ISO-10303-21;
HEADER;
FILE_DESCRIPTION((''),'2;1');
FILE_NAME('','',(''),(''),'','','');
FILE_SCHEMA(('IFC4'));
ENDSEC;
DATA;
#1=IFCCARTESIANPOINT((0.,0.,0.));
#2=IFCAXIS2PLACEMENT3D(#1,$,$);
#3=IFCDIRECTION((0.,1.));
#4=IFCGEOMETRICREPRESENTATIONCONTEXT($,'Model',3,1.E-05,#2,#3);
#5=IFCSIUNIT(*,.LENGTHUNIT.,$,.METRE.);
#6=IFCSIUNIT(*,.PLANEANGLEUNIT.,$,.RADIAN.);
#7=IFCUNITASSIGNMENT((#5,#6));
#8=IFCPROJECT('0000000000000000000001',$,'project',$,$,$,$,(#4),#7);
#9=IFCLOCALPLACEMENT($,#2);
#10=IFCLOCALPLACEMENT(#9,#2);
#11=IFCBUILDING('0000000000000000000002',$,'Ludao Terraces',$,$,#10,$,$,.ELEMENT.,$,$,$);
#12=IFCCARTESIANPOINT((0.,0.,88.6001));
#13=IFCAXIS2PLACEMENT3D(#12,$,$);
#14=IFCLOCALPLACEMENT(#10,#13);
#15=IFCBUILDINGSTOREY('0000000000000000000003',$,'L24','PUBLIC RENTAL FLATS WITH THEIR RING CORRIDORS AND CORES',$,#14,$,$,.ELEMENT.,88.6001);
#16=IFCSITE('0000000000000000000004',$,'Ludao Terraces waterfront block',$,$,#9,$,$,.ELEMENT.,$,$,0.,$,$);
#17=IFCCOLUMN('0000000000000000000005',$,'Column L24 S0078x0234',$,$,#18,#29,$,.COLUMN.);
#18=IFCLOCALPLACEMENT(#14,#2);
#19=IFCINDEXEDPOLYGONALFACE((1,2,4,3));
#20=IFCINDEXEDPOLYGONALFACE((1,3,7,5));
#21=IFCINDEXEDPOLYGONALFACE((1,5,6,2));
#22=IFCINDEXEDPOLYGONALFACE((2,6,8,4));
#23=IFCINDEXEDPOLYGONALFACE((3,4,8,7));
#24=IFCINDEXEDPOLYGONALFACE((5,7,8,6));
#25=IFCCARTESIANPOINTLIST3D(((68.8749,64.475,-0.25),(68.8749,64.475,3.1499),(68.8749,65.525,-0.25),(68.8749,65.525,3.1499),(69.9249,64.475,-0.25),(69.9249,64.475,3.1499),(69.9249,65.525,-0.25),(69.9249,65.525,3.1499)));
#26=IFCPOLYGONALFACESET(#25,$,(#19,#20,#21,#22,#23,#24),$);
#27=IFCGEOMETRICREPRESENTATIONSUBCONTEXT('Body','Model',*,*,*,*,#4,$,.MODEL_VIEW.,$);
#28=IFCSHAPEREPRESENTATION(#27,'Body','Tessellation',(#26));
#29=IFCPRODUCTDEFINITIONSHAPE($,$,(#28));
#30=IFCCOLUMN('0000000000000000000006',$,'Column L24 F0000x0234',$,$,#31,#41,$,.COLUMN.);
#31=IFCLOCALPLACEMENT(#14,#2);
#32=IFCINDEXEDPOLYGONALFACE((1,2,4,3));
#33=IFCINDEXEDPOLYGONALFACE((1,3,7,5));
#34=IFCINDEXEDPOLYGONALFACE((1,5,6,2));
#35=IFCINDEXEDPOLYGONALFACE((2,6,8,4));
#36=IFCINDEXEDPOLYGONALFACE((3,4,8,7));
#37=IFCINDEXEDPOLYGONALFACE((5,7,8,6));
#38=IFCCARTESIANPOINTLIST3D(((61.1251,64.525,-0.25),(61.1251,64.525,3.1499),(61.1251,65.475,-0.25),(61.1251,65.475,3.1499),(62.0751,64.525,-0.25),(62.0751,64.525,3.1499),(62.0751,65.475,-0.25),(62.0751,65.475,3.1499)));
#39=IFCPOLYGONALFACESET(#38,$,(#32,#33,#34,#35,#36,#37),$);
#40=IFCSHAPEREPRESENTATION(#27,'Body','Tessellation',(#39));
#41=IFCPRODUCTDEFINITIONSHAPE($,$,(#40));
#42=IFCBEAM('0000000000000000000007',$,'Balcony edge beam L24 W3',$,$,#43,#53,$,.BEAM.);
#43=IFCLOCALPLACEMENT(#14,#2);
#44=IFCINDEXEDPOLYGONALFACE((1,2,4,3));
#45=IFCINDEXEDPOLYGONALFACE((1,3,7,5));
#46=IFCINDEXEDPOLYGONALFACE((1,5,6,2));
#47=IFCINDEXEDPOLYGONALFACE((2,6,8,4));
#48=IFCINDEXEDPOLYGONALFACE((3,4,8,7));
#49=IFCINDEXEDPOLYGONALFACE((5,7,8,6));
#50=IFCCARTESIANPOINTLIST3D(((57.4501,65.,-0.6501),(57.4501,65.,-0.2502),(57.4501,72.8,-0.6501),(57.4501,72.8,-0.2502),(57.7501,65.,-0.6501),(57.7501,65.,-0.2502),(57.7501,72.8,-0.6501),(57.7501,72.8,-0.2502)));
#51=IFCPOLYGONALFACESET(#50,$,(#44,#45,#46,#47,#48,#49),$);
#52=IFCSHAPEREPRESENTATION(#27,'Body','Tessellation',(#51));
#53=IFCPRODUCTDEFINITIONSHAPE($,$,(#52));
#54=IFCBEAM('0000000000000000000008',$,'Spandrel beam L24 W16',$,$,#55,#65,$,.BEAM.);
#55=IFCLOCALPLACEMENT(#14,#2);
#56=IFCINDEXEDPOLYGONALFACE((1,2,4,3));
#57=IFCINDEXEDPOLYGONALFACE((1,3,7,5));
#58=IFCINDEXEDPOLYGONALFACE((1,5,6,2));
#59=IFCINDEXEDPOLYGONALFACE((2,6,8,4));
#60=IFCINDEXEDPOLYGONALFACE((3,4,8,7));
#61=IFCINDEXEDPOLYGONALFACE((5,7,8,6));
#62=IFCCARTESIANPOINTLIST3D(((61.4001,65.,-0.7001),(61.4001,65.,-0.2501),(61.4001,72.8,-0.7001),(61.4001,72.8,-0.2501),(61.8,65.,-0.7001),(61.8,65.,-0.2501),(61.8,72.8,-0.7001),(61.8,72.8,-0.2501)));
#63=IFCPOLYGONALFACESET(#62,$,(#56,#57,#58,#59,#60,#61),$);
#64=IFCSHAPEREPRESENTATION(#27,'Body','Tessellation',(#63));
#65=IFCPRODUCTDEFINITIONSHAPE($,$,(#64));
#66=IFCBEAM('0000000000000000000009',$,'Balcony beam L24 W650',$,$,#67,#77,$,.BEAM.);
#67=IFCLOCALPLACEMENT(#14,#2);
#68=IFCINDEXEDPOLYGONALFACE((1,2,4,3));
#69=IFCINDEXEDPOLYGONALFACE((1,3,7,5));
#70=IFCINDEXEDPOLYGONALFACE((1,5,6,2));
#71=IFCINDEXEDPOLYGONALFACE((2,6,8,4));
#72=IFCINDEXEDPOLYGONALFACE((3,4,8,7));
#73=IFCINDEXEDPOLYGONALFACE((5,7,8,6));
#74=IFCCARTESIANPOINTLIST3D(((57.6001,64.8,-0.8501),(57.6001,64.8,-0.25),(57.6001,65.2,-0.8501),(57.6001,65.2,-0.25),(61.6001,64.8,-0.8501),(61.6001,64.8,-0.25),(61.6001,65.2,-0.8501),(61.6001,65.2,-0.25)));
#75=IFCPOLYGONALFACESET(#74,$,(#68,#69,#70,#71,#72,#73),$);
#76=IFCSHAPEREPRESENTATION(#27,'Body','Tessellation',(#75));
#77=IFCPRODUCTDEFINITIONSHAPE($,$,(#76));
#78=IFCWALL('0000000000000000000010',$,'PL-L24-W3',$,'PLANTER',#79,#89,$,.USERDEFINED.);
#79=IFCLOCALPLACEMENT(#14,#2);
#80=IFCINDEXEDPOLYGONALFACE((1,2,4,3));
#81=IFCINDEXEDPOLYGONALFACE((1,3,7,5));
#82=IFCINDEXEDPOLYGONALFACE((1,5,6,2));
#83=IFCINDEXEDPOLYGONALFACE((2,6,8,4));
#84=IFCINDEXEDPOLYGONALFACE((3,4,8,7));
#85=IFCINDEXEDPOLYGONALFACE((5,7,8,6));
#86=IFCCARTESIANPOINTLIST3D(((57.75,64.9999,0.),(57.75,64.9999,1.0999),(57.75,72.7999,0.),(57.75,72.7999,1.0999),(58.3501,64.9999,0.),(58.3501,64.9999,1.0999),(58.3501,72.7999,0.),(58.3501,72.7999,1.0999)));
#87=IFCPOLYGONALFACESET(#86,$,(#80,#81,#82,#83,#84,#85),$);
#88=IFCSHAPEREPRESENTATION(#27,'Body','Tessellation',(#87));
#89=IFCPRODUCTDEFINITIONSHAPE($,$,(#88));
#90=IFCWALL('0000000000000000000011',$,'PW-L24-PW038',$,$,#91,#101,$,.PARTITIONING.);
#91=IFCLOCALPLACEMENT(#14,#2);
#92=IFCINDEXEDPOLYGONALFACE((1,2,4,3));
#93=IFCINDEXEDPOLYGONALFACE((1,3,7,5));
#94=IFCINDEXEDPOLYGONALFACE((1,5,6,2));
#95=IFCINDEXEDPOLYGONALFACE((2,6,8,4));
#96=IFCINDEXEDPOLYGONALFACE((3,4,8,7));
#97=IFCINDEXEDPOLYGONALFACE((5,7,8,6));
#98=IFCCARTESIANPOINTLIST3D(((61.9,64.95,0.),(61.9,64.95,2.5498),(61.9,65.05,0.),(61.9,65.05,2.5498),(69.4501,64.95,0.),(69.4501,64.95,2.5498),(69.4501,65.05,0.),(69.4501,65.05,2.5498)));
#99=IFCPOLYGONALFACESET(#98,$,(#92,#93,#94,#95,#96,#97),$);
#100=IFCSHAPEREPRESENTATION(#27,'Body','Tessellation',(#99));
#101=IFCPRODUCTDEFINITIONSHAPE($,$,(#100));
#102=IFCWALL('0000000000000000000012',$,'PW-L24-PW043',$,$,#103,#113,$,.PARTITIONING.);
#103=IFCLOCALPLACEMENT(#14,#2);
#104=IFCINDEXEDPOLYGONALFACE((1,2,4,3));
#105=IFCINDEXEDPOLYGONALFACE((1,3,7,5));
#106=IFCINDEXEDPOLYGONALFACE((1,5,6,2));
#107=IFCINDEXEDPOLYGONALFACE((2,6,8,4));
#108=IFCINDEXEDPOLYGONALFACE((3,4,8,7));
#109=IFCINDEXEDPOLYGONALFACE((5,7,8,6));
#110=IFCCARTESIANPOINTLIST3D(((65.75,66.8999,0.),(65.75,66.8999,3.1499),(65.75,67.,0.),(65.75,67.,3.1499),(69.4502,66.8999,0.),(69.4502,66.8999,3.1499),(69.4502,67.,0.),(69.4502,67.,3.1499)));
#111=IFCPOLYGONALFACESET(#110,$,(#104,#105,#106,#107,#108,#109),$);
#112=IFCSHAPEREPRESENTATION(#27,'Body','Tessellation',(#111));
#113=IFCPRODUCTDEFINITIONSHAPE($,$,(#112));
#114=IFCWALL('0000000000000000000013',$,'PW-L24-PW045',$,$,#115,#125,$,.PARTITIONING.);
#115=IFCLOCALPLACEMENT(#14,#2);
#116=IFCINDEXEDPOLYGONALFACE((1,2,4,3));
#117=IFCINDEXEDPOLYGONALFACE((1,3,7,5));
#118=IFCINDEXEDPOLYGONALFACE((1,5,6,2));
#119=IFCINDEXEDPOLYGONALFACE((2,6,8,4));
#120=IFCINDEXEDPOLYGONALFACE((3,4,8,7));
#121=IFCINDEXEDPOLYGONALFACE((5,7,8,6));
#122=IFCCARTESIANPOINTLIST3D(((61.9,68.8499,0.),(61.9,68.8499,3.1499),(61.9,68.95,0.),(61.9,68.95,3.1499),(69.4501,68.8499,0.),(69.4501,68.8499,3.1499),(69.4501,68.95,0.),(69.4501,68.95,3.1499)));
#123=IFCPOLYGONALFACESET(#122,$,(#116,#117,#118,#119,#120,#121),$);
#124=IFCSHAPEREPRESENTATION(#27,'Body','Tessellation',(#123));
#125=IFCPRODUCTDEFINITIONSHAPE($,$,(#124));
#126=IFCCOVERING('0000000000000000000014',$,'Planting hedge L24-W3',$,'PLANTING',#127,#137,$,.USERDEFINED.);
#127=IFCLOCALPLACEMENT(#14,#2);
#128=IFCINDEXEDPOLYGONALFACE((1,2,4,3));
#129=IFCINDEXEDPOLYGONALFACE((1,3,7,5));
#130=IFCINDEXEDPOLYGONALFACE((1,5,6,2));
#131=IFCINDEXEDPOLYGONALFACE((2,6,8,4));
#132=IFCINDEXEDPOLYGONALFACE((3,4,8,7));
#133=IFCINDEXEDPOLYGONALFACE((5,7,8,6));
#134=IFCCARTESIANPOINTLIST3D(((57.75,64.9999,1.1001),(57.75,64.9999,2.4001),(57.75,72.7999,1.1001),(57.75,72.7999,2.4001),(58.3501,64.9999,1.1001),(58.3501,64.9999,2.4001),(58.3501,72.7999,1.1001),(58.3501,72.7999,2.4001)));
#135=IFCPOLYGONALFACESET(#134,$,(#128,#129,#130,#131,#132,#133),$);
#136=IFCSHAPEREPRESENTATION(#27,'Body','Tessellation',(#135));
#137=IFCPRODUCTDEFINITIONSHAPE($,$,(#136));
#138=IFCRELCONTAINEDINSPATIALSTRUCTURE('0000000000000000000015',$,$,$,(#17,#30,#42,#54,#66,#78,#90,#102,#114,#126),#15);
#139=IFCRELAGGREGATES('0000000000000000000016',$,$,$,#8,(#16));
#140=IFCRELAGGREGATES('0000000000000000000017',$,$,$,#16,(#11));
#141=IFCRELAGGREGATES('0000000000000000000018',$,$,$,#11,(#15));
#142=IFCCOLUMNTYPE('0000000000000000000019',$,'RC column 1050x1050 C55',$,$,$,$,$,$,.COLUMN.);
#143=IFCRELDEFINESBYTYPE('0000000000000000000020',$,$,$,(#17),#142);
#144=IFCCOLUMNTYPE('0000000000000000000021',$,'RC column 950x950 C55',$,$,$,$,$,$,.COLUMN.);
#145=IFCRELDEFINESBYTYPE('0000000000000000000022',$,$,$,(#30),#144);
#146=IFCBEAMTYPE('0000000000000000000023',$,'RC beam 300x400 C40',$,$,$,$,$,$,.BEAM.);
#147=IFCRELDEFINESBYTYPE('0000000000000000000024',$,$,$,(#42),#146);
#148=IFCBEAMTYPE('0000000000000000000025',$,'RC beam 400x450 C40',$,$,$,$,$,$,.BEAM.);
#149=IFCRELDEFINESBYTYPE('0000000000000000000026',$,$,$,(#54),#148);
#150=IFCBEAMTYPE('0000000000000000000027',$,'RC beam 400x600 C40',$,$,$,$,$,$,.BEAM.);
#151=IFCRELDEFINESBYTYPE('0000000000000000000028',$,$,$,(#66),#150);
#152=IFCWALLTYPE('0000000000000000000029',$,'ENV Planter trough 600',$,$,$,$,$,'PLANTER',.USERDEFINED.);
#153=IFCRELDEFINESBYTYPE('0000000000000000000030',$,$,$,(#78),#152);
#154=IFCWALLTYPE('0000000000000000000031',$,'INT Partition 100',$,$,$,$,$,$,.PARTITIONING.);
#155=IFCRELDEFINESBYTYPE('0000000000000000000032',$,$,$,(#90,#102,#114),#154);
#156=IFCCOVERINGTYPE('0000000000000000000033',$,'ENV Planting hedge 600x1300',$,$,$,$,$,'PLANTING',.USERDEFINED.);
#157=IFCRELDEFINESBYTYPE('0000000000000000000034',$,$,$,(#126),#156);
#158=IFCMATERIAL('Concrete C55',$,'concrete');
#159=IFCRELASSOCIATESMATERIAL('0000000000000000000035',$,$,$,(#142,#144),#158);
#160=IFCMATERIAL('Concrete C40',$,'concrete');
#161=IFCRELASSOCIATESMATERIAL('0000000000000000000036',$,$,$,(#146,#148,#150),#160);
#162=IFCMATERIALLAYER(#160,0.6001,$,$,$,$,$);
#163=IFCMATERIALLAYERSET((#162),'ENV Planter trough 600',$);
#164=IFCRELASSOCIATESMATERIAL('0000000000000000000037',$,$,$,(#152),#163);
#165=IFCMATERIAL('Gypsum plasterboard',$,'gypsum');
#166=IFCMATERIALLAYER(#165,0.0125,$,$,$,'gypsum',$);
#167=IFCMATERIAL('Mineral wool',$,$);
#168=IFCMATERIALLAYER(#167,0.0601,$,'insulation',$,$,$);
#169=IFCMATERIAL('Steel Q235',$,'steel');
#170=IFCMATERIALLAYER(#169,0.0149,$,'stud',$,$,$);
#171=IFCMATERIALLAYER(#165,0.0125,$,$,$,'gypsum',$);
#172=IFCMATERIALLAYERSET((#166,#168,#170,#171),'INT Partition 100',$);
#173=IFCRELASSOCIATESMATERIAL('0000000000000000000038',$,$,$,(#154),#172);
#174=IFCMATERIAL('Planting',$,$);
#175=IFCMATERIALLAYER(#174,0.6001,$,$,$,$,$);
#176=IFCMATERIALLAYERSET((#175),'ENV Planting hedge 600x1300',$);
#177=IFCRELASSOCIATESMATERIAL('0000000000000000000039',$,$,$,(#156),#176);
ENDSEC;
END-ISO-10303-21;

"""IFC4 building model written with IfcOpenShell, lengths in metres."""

from ifc_helpers import new_model, si_unit, direction, frame, frame_2d, origin, origin_2d, place, context, subcontext, project, spatial, rectangle, extrude, material, layer, layer_set, material_profile, profile_set, type_object, element, save


model = new_model("IFC4")

# Units and contexts
model_context = context("Model", 3, precision=1e-05, world=origin(), true_north=direction((0.0, 1.0)))
body_context = subcontext(model_context, "Body", "Model", "MODEL_VIEW")
ifc_project = project(units=[si_unit("LENGTHUNIT", "METRE"), si_unit("PLANEANGLEUNIT", "RADIAN")], contexts=[model_context])

# Site, building, storey
site_placement = place(None, origin())
site = spatial("IfcSite", under=ifc_project, at=site_placement, Name="Ludao Terraces waterfront block", CompositionType="ELEMENT", RefElevation=0.0)
building_placement = place(site_placement, origin())
building = spatial("IfcBuilding", under=site, at=building_placement, Name="Ludao Terraces", CompositionType="ELEMENT")
storey_placement = place(building_placement, frame((0.0, 0.0, 88.6001)))
storey = spatial("IfcBuildingStorey", under=building, at=storey_placement, Name="L24", Description="PUBLIC RENTAL FLATS WITH THEIR RING CORRIDORS AND CORES", CompositionType="ELEMENT", Elevation=88.6001)

# Columns
ifc_material_1 = material(Name="Concrete C55", Category="concrete")
ifc_material_profile_1 = material_profile(ifc_material_1, rectangle(XDim=1.05, YDim=1.05, at=origin_2d()), Name="1050 X 1050")
ifc_profile_set_1 = profile_set([ifc_material_profile_1], Name="Concrete C55")
column_type_1 = type_object("IfcColumnType", Name="RC column 1050x1050 C55", PredefinedType="COLUMN", material=ifc_profile_set_1)
column_1_placement = place(storey_placement, frame((69.3999, 65.0, -0.25), z_axis=(0.0, 0.0, 1.0), x_axis=(1.0, 0.0, 0.0)))
element("IfcColumn", 1, at=column_1_placement, inside=storey, type_object=column_type_1, Name="Column L24 S0078x0234", PredefinedType="COLUMN", context=body_context, shape_type="SweptSolid", body=[
    extrude(rectangle(XDim=1.05, YDim=1.05, at=origin_2d()), origin(), (0.0, 0.0, 1.0), 3.3999),
])
ifc_material_profile_2 = material_profile(ifc_material_1, rectangle(XDim=0.95, YDim=0.95, at=origin_2d()), Name="950 X 950")
ifc_profile_set_2 = profile_set([ifc_material_profile_2], Name="Concrete C55")
column_type_2 = type_object("IfcColumnType", Name="RC column 950x950 C55", PredefinedType="COLUMN", material=ifc_profile_set_2)
column_2_placement = place(storey_placement, frame((61.6001, 65.0, -0.25), z_axis=(0.0, 0.0, 1.0), x_axis=(1.0, 0.0, 0.0)))
element("IfcColumn", 2, at=column_2_placement, inside=storey, type_object=column_type_2, Name="Column L24 F0000x0234", PredefinedType="COLUMN", context=body_context, shape_type="SweptSolid", body=[
    extrude(rectangle(XDim=0.95, YDim=0.95, at=origin_2d()), origin(), (0.0, 0.0, 1.0), 3.3999),
])

# Beams
ifc_material_2 = material(Name="Concrete C40", Category="concrete")
ifc_material_profile_3 = material_profile(ifc_material_2, rectangle(XDim=0.3, YDim=0.3999, at=origin_2d()), Name="300 X 400")
ifc_profile_set_3 = profile_set([ifc_material_profile_3], Name="Concrete C40")
beam_type_1 = type_object("IfcBeamType", Name="RC beam 300x400 C40", PredefinedType="BEAM", material=ifc_profile_set_3)
beam_1_placement = place(storey_placement, frame((57.6001, 65.0, -0.4502), z_axis=(0.0, 1.0, 0.0), x_axis=(-1.0, 0.0, 0.0)))
element("IfcBeam", 3, at=beam_1_placement, inside=storey, type_object=beam_type_1, Name="Balcony edge beam L24 W3", PredefinedType="BEAM", context=body_context, shape_type="SweptSolid", body=[
    extrude(rectangle(XDim=0.3, YDim=0.3999, at=origin_2d()), origin(), (0.0, 0.0, 1.0), 7.8),
])
ifc_material_profile_4 = material_profile(ifc_material_2, rectangle(XDim=0.3999, YDim=0.45, at=origin_2d()), Name="400 X 450")
ifc_profile_set_4 = profile_set([ifc_material_profile_4], Name="Concrete C40")
beam_type_2 = type_object("IfcBeamType", Name="RC beam 400x450 C40", PredefinedType="BEAM", material=ifc_profile_set_4)
beam_2_placement = place(storey_placement, frame((61.6001, 65.0, -0.4751), z_axis=(0.0, 1.0, 0.0), x_axis=(-1.0, 0.0, 0.0)))
element("IfcBeam", 4, at=beam_2_placement, inside=storey, type_object=beam_type_2, Name="Spandrel beam L24 W16", PredefinedType="BEAM", context=body_context, shape_type="SweptSolid", body=[
    extrude(rectangle(XDim=0.3999, YDim=0.45, at=origin_2d()), origin(), (0.0, 0.0, 1.0), 7.8),
])
ifc_material_profile_5 = material_profile(ifc_material_2, rectangle(XDim=0.3999, YDim=0.6001, at=origin_2d()), Name="400 X 600")
ifc_profile_set_5 = profile_set([ifc_material_profile_5], Name="Concrete C40")
beam_type_3 = type_object("IfcBeamType", Name="RC beam 400x600 C40", PredefinedType="BEAM", material=ifc_profile_set_5)
beam_3_placement = place(storey_placement, frame((61.6001, 65.0, -0.55), z_axis=(-1.0, 0.0, 0.0), x_axis=(0.0, -1.0, 0.0)))
element("IfcBeam", 5, at=beam_3_placement, inside=storey, type_object=beam_type_3, Name="Balcony beam L24 W650", PredefinedType="BEAM", context=body_context, shape_type="SweptSolid", body=[
    extrude(rectangle(XDim=0.3999, YDim=0.6001, at=origin_2d()), origin(), (0.0, 0.0, 1.0), 4.0),
])

# Wall
ifc_layer_1 = layer(ifc_material_2, 0.6001)
ifc_layer_set_1 = layer_set([ifc_layer_1], Name="ENV Planter trough 600")
wall_type_1 = type_object("IfcWallType", Name="ENV Planter trough 600", ElementType="PLANTER", PredefinedType="USERDEFINED", material=ifc_layer_set_1)
wall_1_placement = place(storey_placement, frame((58.05, 65.0, 0.0), z_axis=(0.0, 0.0, 1.0), x_axis=(0.0, 1.0, 0.0)))
element("IfcWall", 6, at=wall_1_placement, inside=storey, type_object=wall_type_1, Name="PL-L24-W3", ObjectType="PLANTER", PredefinedType="USERDEFINED", context=body_context, shape_type="SweptSolid", body=[
    extrude(rectangle(XDim=7.8, YDim=0.6001, at=frame_2d((3.8999, 0.0))), origin(), (0.0, 0.0, 1.0), 1.0999),
])

# Shared definitions
ifc_material_3 = material(Name="Mineral wool")

# Walls
ifc_material_4 = material(Name="Gypsum plasterboard", Category="gypsum")
ifc_layer_2 = layer(ifc_material_4, 0.0125, Category="gypsum")
ifc_layer_3 = layer(ifc_material_3, 0.0601, Name="insulation")
ifc_material_5 = material(Name="Steel Q235", Category="steel")
ifc_layer_4 = layer(ifc_material_5, 0.0149, Name="stud")
ifc_layer_5 = layer(ifc_material_4, 0.0125, Category="gypsum")
ifc_layer_set_2 = layer_set([ifc_layer_2, ifc_layer_3, ifc_layer_4, ifc_layer_5], Name="INT Partition 100")
wall_type_2 = type_object("IfcWallType", Name="INT Partition 100", PredefinedType="PARTITIONING", material=ifc_layer_set_2)
wall_2_placement = place(storey_placement, frame((61.9001, 65.0, 0.0), z_axis=(0.0, 0.0, 1.0), x_axis=(1.0, 0.0, 0.0)))
element("IfcWall", 7, at=wall_2_placement, inside=storey, type_object=wall_type_2, Name="PW-L24-PW038", PredefinedType="PARTITIONING", context=body_context, shape_type="SweptSolid", body=[
    extrude(rectangle(XDim=7.55, YDim=0.1001, at=frame_2d((3.7749, 0.0))), origin(), (0.0, 0.0, 1.0), 2.5498),
])
wall_3_placement = place(storey_placement, frame((65.75, 66.95, 0.0), z_axis=(0.0, 0.0, 1.0), x_axis=(1.0, 0.0, 0.0)))
element("IfcWall", 8, at=wall_3_placement, inside=storey, type_object=wall_type_2, Name="PW-L24-PW043", PredefinedType="PARTITIONING", context=body_context, shape_type="SweptSolid", body=[
    extrude(rectangle(XDim=3.7002, YDim=0.1001, at=frame_2d((1.8501, 0.0))), origin(), (0.0, 0.0, 1.0), 3.1499),
])
wall_4_placement = place(storey_placement, frame((61.9001, 68.8999, 0.0), z_axis=(0.0, 0.0, 1.0), x_axis=(1.0, 0.0, 0.0)))
element("IfcWall", 9, at=wall_4_placement, inside=storey, type_object=wall_type_2, Name="PW-L24-PW045", PredefinedType="PARTITIONING", context=body_context, shape_type="SweptSolid", body=[
    extrude(rectangle(XDim=7.55, YDim=0.1001, at=frame_2d((3.7749, 0.0))), origin(), (0.0, 0.0, 1.0), 3.1499),
])

# Covering
ifc_material_6 = material(Name="Planting")
ifc_layer_6 = layer(ifc_material_6, 0.6001)
ifc_layer_set_3 = layer_set([ifc_layer_6], Name="ENV Planting hedge 600x1300")
covering_type = type_object("IfcCoveringType", Name="ENV Planting hedge 600x1300", ElementType="PLANTING", PredefinedType="USERDEFINED", material=ifc_layer_set_3)
covering_placement = place(storey_placement, frame((58.05, 68.8999, 1.1001), z_axis=(0.0, 0.0, 1.0), x_axis=(1.0, 0.0, 0.0)))
element("IfcCovering", 10, at=covering_placement, inside=storey, type_object=covering_type, Name="Planting hedge L24-W3", ObjectType="PLANTING", PredefinedType="USERDEFINED", context=body_context, shape_type="SweptSolid", body=[
    extrude(rectangle(XDim=0.6001, YDim=7.8, at=origin_2d()), origin(), (0.0, 0.0, 1.0), 1.3),
])

save(model, "model.ifc")
